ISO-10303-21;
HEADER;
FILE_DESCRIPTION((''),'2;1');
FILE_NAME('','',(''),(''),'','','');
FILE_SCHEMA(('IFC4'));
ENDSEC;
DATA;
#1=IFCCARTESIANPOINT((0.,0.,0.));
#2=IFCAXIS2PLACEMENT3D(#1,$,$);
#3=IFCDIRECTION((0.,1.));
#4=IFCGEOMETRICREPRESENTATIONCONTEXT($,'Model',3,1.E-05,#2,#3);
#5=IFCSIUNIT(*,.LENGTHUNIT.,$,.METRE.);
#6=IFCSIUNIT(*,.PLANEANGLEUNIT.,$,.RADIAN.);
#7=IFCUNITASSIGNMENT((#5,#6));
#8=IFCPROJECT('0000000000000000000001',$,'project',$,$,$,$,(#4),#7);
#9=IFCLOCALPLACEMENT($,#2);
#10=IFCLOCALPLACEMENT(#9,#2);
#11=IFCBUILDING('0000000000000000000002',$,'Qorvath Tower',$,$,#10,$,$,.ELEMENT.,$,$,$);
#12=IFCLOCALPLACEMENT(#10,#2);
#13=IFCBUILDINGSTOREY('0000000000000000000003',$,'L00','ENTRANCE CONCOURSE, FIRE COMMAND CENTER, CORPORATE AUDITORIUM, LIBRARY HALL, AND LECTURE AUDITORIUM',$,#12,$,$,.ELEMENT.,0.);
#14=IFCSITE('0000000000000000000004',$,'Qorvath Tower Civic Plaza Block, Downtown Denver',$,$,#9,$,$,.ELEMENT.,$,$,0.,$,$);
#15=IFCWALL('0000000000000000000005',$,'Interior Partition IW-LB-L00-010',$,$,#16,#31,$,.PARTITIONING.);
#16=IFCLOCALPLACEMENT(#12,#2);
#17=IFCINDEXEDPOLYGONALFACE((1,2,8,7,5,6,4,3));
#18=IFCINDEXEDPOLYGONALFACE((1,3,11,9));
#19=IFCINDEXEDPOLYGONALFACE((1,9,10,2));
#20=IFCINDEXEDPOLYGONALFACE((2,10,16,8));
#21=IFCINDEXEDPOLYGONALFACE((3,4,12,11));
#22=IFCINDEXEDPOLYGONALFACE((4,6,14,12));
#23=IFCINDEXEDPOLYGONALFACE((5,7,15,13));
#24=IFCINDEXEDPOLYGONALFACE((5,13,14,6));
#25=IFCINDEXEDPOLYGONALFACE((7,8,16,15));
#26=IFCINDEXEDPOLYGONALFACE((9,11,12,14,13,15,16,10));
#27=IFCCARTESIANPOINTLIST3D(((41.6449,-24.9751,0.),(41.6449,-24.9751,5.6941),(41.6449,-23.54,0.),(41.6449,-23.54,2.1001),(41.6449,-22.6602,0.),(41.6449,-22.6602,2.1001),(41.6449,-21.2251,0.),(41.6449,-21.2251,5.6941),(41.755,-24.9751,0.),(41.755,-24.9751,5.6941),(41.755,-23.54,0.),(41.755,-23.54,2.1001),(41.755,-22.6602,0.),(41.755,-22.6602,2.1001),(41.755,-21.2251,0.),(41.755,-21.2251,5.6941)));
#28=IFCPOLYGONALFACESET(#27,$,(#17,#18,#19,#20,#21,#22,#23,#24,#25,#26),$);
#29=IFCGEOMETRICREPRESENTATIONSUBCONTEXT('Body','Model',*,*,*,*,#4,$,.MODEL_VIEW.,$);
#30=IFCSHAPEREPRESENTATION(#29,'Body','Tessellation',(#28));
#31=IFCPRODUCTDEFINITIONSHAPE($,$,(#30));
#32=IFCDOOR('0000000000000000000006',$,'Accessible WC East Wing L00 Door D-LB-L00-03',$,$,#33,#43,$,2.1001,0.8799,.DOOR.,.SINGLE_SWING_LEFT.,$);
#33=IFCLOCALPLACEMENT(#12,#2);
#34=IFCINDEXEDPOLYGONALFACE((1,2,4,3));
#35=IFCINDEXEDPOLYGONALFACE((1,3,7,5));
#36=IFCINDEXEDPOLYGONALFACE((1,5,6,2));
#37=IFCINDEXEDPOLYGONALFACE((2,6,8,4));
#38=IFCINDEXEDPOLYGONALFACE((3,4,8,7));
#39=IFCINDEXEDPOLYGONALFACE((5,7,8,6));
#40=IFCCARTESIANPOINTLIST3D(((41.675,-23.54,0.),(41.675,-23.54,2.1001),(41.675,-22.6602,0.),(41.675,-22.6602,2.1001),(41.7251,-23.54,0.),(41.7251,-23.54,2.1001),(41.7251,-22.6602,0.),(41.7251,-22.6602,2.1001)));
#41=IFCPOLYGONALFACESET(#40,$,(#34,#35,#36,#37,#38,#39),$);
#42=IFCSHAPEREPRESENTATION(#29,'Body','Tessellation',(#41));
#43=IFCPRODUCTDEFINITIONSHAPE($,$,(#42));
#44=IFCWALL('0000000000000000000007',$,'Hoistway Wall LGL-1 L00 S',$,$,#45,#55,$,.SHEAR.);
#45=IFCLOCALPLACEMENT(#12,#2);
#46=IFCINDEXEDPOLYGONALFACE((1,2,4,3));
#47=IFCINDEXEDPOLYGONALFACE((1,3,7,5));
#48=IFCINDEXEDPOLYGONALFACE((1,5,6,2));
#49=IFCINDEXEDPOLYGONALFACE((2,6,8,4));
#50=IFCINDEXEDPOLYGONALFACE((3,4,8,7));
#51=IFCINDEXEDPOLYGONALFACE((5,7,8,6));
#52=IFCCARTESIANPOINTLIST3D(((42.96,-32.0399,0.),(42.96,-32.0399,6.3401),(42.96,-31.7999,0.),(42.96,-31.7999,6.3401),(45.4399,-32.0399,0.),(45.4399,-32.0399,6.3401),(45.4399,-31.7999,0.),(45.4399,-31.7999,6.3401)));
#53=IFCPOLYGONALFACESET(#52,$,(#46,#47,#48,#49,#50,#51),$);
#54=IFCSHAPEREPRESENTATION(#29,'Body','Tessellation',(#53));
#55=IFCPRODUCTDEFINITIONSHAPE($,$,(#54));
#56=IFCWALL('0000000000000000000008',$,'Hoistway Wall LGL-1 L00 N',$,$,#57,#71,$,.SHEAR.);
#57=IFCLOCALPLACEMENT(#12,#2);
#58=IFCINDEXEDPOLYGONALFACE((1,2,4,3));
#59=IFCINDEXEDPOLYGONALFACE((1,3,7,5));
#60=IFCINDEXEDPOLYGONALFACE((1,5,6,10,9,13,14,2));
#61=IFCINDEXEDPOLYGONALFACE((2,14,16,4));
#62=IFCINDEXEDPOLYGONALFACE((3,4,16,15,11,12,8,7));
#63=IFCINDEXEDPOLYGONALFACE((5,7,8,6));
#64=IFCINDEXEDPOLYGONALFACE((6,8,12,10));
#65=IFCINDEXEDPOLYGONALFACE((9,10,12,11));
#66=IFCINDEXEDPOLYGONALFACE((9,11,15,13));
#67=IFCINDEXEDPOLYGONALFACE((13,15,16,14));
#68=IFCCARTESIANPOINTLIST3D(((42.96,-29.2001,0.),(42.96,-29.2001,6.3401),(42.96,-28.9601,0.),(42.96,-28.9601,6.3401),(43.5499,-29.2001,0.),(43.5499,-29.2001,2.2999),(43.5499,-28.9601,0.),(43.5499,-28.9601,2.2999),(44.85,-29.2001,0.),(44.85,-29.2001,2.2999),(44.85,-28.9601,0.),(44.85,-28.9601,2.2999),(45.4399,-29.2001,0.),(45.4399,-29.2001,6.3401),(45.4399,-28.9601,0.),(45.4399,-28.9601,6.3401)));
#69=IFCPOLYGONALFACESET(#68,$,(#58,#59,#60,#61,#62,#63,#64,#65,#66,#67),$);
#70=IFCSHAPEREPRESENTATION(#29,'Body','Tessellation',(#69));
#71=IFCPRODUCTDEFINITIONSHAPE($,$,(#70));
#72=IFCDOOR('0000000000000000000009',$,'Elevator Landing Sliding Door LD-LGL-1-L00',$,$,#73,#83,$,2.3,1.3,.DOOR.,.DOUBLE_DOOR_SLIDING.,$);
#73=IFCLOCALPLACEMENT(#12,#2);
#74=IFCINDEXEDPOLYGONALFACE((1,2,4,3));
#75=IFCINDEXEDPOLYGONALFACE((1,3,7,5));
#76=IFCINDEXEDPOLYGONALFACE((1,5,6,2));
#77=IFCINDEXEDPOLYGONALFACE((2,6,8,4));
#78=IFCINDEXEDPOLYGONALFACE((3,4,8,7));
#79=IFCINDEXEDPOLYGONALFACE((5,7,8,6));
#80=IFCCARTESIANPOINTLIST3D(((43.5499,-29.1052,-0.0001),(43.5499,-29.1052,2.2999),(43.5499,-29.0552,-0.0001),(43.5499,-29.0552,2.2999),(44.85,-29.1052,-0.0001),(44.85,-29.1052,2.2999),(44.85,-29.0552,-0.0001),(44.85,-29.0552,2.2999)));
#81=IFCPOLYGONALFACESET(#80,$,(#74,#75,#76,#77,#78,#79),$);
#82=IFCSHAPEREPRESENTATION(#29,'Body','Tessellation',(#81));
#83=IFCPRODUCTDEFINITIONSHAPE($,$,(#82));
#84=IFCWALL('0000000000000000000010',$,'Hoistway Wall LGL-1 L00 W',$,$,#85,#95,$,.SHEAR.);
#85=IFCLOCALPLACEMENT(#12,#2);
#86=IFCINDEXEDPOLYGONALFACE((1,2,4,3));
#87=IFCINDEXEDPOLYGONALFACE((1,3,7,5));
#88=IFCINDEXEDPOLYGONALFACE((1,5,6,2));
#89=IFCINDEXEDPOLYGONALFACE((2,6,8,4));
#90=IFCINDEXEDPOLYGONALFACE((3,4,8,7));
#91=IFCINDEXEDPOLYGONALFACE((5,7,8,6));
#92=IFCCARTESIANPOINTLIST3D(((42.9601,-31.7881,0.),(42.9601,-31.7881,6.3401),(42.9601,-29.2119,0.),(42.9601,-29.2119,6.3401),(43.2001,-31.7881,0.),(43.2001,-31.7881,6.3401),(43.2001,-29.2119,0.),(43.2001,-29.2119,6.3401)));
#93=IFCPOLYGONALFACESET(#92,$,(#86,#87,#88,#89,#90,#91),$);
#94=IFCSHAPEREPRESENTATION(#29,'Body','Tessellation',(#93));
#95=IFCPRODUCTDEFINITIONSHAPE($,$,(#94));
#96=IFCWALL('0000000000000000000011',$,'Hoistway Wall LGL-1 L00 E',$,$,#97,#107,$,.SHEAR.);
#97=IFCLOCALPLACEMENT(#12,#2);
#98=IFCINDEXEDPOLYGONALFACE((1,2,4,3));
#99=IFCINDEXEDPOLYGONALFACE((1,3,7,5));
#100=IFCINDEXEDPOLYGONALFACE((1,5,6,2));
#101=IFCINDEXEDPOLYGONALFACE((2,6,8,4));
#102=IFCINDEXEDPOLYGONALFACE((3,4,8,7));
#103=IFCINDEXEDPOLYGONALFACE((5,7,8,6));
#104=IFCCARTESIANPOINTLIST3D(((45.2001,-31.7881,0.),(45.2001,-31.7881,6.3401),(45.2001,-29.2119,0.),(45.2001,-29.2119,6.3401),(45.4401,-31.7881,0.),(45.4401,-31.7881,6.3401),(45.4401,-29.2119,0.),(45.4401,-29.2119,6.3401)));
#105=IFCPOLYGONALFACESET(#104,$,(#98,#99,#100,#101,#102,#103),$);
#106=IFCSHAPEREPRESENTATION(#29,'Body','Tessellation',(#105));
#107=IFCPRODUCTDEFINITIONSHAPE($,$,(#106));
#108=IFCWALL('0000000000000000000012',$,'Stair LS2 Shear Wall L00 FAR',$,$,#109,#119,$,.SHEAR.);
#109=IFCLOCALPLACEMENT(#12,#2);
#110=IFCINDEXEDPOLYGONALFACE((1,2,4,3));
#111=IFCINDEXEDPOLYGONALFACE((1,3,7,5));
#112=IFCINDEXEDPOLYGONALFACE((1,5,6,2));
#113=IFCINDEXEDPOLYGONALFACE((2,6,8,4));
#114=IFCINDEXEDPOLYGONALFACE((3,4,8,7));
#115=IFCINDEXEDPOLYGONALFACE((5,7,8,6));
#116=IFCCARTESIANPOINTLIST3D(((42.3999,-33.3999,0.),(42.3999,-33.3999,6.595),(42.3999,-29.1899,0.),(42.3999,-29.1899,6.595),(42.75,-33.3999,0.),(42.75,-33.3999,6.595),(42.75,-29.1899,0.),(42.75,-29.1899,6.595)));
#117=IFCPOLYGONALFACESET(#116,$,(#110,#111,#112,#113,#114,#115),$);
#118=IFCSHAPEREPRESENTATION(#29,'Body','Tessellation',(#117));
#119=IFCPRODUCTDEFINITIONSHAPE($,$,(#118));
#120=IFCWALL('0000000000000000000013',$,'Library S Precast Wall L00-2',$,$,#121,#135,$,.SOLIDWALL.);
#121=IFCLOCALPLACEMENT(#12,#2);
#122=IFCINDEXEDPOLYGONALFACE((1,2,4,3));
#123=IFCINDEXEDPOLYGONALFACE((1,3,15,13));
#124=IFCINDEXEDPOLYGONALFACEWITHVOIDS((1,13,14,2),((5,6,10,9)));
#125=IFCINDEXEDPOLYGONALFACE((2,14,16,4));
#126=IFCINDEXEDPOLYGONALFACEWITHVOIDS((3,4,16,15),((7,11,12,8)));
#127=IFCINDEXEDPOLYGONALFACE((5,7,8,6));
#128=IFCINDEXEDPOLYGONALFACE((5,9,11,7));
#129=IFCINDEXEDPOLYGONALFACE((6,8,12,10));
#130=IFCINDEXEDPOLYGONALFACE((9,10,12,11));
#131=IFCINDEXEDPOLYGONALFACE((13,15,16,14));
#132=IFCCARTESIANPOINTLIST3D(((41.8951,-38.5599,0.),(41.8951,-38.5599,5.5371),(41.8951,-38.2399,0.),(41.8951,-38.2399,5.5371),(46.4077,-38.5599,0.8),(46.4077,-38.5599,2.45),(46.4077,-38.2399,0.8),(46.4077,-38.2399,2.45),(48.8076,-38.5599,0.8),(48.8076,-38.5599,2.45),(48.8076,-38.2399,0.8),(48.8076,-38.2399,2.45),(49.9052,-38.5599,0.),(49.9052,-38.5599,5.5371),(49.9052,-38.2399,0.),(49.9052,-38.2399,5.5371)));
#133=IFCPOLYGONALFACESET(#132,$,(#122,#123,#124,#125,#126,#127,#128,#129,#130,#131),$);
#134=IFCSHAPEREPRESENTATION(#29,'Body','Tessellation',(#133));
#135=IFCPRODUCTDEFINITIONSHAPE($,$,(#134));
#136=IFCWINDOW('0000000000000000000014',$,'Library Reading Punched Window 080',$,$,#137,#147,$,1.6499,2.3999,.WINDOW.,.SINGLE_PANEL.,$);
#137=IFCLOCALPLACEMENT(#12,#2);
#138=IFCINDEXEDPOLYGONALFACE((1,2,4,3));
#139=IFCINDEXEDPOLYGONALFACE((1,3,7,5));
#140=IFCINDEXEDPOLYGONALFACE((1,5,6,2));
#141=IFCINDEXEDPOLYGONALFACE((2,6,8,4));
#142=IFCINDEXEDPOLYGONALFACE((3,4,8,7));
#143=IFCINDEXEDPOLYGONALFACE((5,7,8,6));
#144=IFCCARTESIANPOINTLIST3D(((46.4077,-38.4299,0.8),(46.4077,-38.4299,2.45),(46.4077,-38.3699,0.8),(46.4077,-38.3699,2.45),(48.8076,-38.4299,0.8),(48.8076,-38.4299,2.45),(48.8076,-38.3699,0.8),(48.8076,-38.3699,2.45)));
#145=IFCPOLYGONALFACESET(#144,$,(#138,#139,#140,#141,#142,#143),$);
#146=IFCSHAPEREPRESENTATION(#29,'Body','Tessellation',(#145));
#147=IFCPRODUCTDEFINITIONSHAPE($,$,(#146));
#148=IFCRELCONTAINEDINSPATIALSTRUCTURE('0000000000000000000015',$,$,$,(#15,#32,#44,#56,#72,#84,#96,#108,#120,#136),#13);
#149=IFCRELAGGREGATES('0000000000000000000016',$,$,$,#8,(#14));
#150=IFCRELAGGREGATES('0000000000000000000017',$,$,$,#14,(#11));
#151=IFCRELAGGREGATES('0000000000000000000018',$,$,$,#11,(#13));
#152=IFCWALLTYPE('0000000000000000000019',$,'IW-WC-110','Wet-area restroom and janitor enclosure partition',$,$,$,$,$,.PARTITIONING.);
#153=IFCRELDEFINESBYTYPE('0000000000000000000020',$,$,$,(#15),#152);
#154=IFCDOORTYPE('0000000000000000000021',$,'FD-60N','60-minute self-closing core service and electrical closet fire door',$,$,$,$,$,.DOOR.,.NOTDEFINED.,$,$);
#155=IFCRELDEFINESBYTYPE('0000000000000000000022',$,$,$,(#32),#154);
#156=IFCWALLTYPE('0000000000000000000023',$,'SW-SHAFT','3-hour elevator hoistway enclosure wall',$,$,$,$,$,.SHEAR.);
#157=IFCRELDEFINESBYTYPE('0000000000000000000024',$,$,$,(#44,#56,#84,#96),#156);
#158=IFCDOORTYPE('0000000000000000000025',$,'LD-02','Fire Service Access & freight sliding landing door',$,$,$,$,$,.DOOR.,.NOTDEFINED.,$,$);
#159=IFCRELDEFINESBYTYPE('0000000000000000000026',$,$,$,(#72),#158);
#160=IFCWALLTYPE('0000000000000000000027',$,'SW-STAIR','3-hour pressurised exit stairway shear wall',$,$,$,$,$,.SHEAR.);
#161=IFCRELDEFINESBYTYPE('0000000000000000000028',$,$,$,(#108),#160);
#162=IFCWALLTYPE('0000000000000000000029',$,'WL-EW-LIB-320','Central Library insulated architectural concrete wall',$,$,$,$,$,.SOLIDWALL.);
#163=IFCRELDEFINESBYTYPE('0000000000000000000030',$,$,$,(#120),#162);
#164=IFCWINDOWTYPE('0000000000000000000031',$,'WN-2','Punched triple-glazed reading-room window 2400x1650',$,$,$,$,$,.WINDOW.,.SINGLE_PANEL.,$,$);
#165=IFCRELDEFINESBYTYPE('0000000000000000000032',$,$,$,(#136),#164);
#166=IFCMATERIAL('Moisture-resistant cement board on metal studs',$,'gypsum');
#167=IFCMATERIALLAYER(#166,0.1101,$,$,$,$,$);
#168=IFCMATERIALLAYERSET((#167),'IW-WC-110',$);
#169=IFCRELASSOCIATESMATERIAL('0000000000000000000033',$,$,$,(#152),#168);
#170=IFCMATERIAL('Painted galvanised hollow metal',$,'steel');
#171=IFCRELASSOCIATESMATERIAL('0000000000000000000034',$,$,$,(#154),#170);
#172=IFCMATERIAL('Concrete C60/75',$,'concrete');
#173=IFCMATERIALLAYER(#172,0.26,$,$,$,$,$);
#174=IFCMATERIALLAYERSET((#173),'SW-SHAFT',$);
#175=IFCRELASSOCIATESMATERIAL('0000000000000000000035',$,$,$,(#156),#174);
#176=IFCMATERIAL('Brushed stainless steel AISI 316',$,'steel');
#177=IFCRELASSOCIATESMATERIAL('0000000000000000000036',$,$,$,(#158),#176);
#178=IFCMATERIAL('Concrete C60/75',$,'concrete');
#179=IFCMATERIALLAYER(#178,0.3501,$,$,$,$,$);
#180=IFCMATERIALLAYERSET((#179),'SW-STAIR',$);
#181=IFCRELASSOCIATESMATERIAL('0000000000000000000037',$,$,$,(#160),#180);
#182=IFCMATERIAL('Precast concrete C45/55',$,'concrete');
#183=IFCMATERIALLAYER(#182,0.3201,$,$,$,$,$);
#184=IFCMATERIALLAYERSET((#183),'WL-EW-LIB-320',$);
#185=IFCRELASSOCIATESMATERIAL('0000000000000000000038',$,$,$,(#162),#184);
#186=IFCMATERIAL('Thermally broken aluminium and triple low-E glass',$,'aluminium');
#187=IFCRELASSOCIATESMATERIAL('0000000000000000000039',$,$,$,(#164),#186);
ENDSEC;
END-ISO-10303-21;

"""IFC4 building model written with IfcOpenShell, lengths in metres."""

from ifc_helpers import new_model, si_unit, direction, frame, frame_2d, origin, place, context, subcontext, project, spatial, rectangle, extrude, material, layer, layer_set, type_object, element, fill, save


model = new_model("IFC4")

# Units and contexts
model_context = context("Model", 3, precision=1e-05, world=origin(), true_north=direction((0.0, 1.0)))
body_context = subcontext(model_context, "Body", "Model", "MODEL_VIEW")
ifc_project = project(units=[si_unit("LENGTHUNIT", "METRE"), si_unit("PLANEANGLEUNIT", "RADIAN")], contexts=[model_context])

# Site, building, storey
site_placement = place(None, origin())
site = spatial("IfcSite", under=ifc_project, at=site_placement, Name="Qorvath Tower Civic Plaza Block, Downtown Denver", CompositionType="ELEMENT", RefElevation=0.0)
building_placement = place(site_placement, origin())
building = spatial("IfcBuilding", under=site, at=building_placement, Name="Qorvath Tower", CompositionType="ELEMENT")
storey_placement = place(building_placement, origin())
storey = spatial("IfcBuildingStorey", under=building, at=storey_placement, Name="L00", Description="ENTRANCE CONCOURSE, FIRE COMMAND CENTER, CORPORATE AUDITORIUM, LIBRARY HALL, AND LECTURE AUDITORIUM", CompositionType="ELEMENT", Elevation=0.0)

# Wall, opening, door
ifc_material_1 = material(Name="Moisture-resistant cement board on metal studs", Category="gypsum")
ifc_layer_1 = layer(ifc_material_1, 0.1101)
ifc_layer_set_1 = layer_set([ifc_layer_1], Name="IW-WC-110")
wall_type_1 = type_object("IfcWallType", Name="IW-WC-110", Description="Wet-area restroom and janitor enclosure partition", PredefinedType="PARTITIONING", material=ifc_layer_set_1)
wall_1_placement = place(storey_placement, frame((41.7, -24.9751, 0.0), z_axis=(0.0, 0.0, 1.0), x_axis=(0.0, 1.0, 0.0)))
wall_1 = element("IfcWall", 1, at=wall_1_placement, inside=storey, type_object=wall_type_1, Name="Interior Partition IW-LB-L00-010", PredefinedType="PARTITIONING", context=body_context, shape_type="SweptSolid", body=[
    extrude(rectangle(XDim=3.75, YDim=0.1101, at=frame_2d((1.875, 0.0))), origin(), (0.0, 0.0, 1.0), 5.6941),
])
opening_1_placement = place(wall_1_placement, frame((1.4351, 0.0, 0.0)))
opening_1 = element("IfcOpeningElement", 2, at=opening_1_placement, cuts=wall_1, PredefinedType="OPENING", context=body_context, shape_type="SweptSolid", body=[
    extrude(rectangle(XDim=0.8799, YDim=2.1001, at=frame_2d((0.4399, 1.05))), frame((0.0, 0.0649, 0.0), z_axis=(0.0, -1.0, 0.0), x_axis=(1.0, 0.0, 0.0)), (0.0, 0.0, 1.0), 0.1301),
])
ifc_material_2 = material(Name="Painted galvanised hollow metal", Category="steel")
door_type_1 = type_object("IfcDoorType", Name="FD-60N", Description="60-minute self-closing core service and electrical closet fire door", OperationType="NOTDEFINED", PredefinedType="DOOR", material=ifc_material_2)
door_1_placement = place(opening_1_placement, origin())
door_1 = element("IfcDoor", 3, at=door_1_placement, inside=storey, type_object=door_type_1, Name="Accessible WC East Wing L00 Door D-LB-L00-03", OperationType="SINGLE_SWING_LEFT", OverallHeight=2.1001, OverallWidth=0.8799, PredefinedType="DOOR", context=body_context, shape_type="SweptSolid", body=[
    extrude(rectangle(XDim=0.8799, YDim=2.1001, at=frame_2d((0.4399, 1.05))), frame((0.0, 0.0249, 0.0), z_axis=(0.0, -1.0, 0.0), x_axis=(1.0, 0.0, 0.0)), (0.0, 0.0, 1.0), 0.05),
])
fill(opening_1, door_1)

# Wall
ifc_material_3 = material(Name="Concrete C60/75", Category="concrete")
ifc_layer_2 = layer(ifc_material_3, 0.26)
ifc_layer_set_2 = layer_set([ifc_layer_2], Name="SW-SHAFT")
wall_type_2 = type_object("IfcWallType", Name="SW-SHAFT", Description="3-hour elevator hoistway enclosure wall", PredefinedType="SHEAR", material=ifc_layer_set_2)
wall_2_placement = place(storey_placement, frame((45.4399, -31.9199, 0.0), z_axis=(0.0, 0.0, 1.0), x_axis=(-1.0, 0.0, 0.0)))
element("IfcWall", 4, at=wall_2_placement, inside=storey, type_object=wall_type_2, Name="Hoistway Wall LGL-1 L00 S", PredefinedType="SHEAR", context=body_context, shape_type="SweptSolid", body=[
    extrude(rectangle(XDim=2.48, YDim=0.24, at=frame_2d((1.24, 0.0))), origin(), (0.0, 0.0, 1.0), 6.3401),
])

# Wall, opening, door
wall_3_placement = place(storey_placement, frame((42.96, -29.0801, 0.0), z_axis=(0.0, 0.0, 1.0), x_axis=(1.0, 0.0, 0.0)))
wall_3 = element("IfcWall", 5, at=wall_3_placement, inside=storey, type_object=wall_type_2, Name="Hoistway Wall LGL-1 L00 N", PredefinedType="SHEAR", context=body_context, shape_type="SweptSolid", body=[
    extrude(rectangle(XDim=2.48, YDim=0.24, at=frame_2d((1.24, 0.0))), origin(), (0.0, 0.0, 1.0), 6.3401),
])
opening_2_placement = place(wall_3_placement, frame((0.5901, 0.0, 0.0)))
opening_2 = element("IfcOpeningElement", 6, at=opening_2_placement, cuts=wall_3, PredefinedType="OPENING", context=body_context, shape_type="SweptSolid", body=[
    extrude(rectangle(XDim=1.3, YDim=2.3, at=frame_2d((0.6499, 1.1499))), frame((0.0, 0.1299, 0.0), z_axis=(0.0, -1.0, 0.0), x_axis=(1.0, 0.0, 0.0)), (0.0, 0.0, 1.0), 0.26),
])
ifc_material_4 = material(Name="Brushed stainless steel AISI 316", Category="steel")
door_type_2 = type_object("IfcDoorType", Name="LD-02", Description="Fire Service Access & freight sliding landing door", OperationType="NOTDEFINED", PredefinedType="DOOR", material=ifc_material_4)
door_2_placement = place(opening_2_placement, origin())
door_2 = element("IfcDoor", 7, at=door_2_placement, inside=storey, type_object=door_type_2, Name="Elevator Landing Sliding Door LD-LGL-1-L00", OperationType="DOUBLE_DOOR_SLIDING", OverallHeight=2.3, OverallWidth=1.3, PredefinedType="DOOR", context=body_context, shape_type="SweptSolid", body=[
    extrude(rectangle(XDim=1.3, YDim=2.3, at=frame_2d((0.6499, 1.1499))), frame((0.0, 0.0249, 0.0), z_axis=(0.0, -1.0, 0.0), x_axis=(1.0, 0.0, 0.0)), (0.0, 0.0, 1.0), 0.05),
])
fill(opening_2, door_2)

# Walls
for number, where, z_axis, x_axis, name in (
    (8, (43.0801, -31.7881, 0.0), (0.0, 0.0, 1.0), (0.0, 1.0, 0.0), "Hoistway Wall LGL-1 L00 W"),
    (9, (45.3201, -29.2119, 0.0), (0.0, 0.0, 1.0), (0.0, -1.0, 0.0), "Hoistway Wall LGL-1 L00 E"),
):
    element("IfcWall", number, at=place(storey_placement, frame(where, z_axis=z_axis, x_axis=x_axis)), inside=storey, type_object=wall_type_2, Name=name, PredefinedType="SHEAR", context=body_context, shape_type="SweptSolid", body=[
        extrude(rectangle(XDim=2.5762, YDim=0.24, at=frame_2d((1.2881, 0.0))), origin(), (0.0, 0.0, 1.0), 6.3401),
    ])
ifc_material_5 = material(Name="Concrete C60/75", Category="concrete")
ifc_layer_3 = layer(ifc_material_5, 0.3501)
ifc_layer_set_3 = layer_set([ifc_layer_3], Name="SW-STAIR")
wall_type_3 = type_object("IfcWallType", Name="SW-STAIR", Description="3-hour pressurised exit stairway shear wall", PredefinedType="SHEAR", material=ifc_layer_set_3)
wall_4_placement = place(storey_placement, frame((42.575, -33.3999, 0.0), z_axis=(0.0, 0.0, 1.0), x_axis=(0.0, 1.0, 0.0)))
element("IfcWall", 10, at=wall_4_placement, inside=storey, type_object=wall_type_3, Name="Stair LS2 Shear Wall L00 FAR", PredefinedType="SHEAR", context=body_context, shape_type="SweptSolid", body=[
    extrude(rectangle(XDim=4.21, YDim=0.3501, at=frame_2d((2.105, 0.0))), origin(), (0.0, 0.0, 1.0), 6.595),
])

# Wall, opening, window
ifc_material_6 = material(Name="Precast concrete C45/55", Category="concrete")
ifc_layer_4 = layer(ifc_material_6, 0.3201)
ifc_layer_set_4 = layer_set([ifc_layer_4], Name="WL-EW-LIB-320")
wall_type_4 = type_object("IfcWallType", Name="WL-EW-LIB-320", Description="Central Library insulated architectural concrete wall", PredefinedType="SOLIDWALL", material=ifc_layer_set_4)
wall_5_placement = place(storey_placement, frame((49.905, -38.3999, 0.0), z_axis=(0.0, 0.0, 1.0), x_axis=(-1.0, 0.0, 0.0)))
wall_5 = element("IfcWall", 11, at=wall_5_placement, inside=storey, type_object=wall_type_4, Name="Library S Precast Wall L00-2", PredefinedType="SOLIDWALL", context=body_context, shape_type="SweptSolid", body=[
    extrude(rectangle(XDim=8.01, YDim=0.3201, at=frame_2d((4.0049, 0.0))), origin(), (0.0, 0.0, 1.0), 5.5371),
])
opening_3_placement = place(wall_5_placement, frame((1.0974, 0.0, 0.8)))
opening_3 = element("IfcOpeningElement", 12, at=opening_3_placement, cuts=wall_5, PredefinedType="OPENING", context=body_context, shape_type="SweptSolid", body=[
    extrude(rectangle(XDim=2.3999, YDim=1.6499, at=frame_2d((1.2, 0.825))), frame((0.0, 0.1699, 0.0), z_axis=(0.0, -1.0, 0.0), x_axis=(1.0, 0.0, 0.0)), (0.0, 0.0, 1.0), 0.3401),
])
ifc_material_7 = material(Name="Thermally broken aluminium and triple low-E glass", Category="aluminium")
window_type = type_object("IfcWindowType", Name="WN-2", Description="Punched triple-glazed reading-room window 2400x1650", PartitioningType="SINGLE_PANEL", PredefinedType="WINDOW", material=ifc_material_7)
window_placement = place(opening_3_placement, origin())
window = element("IfcWindow", 13, at=window_placement, inside=storey, type_object=window_type, Name="Library Reading Punched Window 080", OverallHeight=1.6499, OverallWidth=2.3999, PartitioningType="SINGLE_PANEL", PredefinedType="WINDOW", context=body_context, shape_type="SweptSolid", body=[
    extrude(rectangle(XDim=2.3999, YDim=1.6499, at=frame_2d((1.2, 0.825))), frame((0.0, 0.03, 0.0), z_axis=(0.0, -1.0, 0.0), x_axis=(1.0, 0.0, 0.0)), (0.0, 0.0, 1.0), 0.0601),
])
fill(opening_3, window)

save(model, "model.ifc")
